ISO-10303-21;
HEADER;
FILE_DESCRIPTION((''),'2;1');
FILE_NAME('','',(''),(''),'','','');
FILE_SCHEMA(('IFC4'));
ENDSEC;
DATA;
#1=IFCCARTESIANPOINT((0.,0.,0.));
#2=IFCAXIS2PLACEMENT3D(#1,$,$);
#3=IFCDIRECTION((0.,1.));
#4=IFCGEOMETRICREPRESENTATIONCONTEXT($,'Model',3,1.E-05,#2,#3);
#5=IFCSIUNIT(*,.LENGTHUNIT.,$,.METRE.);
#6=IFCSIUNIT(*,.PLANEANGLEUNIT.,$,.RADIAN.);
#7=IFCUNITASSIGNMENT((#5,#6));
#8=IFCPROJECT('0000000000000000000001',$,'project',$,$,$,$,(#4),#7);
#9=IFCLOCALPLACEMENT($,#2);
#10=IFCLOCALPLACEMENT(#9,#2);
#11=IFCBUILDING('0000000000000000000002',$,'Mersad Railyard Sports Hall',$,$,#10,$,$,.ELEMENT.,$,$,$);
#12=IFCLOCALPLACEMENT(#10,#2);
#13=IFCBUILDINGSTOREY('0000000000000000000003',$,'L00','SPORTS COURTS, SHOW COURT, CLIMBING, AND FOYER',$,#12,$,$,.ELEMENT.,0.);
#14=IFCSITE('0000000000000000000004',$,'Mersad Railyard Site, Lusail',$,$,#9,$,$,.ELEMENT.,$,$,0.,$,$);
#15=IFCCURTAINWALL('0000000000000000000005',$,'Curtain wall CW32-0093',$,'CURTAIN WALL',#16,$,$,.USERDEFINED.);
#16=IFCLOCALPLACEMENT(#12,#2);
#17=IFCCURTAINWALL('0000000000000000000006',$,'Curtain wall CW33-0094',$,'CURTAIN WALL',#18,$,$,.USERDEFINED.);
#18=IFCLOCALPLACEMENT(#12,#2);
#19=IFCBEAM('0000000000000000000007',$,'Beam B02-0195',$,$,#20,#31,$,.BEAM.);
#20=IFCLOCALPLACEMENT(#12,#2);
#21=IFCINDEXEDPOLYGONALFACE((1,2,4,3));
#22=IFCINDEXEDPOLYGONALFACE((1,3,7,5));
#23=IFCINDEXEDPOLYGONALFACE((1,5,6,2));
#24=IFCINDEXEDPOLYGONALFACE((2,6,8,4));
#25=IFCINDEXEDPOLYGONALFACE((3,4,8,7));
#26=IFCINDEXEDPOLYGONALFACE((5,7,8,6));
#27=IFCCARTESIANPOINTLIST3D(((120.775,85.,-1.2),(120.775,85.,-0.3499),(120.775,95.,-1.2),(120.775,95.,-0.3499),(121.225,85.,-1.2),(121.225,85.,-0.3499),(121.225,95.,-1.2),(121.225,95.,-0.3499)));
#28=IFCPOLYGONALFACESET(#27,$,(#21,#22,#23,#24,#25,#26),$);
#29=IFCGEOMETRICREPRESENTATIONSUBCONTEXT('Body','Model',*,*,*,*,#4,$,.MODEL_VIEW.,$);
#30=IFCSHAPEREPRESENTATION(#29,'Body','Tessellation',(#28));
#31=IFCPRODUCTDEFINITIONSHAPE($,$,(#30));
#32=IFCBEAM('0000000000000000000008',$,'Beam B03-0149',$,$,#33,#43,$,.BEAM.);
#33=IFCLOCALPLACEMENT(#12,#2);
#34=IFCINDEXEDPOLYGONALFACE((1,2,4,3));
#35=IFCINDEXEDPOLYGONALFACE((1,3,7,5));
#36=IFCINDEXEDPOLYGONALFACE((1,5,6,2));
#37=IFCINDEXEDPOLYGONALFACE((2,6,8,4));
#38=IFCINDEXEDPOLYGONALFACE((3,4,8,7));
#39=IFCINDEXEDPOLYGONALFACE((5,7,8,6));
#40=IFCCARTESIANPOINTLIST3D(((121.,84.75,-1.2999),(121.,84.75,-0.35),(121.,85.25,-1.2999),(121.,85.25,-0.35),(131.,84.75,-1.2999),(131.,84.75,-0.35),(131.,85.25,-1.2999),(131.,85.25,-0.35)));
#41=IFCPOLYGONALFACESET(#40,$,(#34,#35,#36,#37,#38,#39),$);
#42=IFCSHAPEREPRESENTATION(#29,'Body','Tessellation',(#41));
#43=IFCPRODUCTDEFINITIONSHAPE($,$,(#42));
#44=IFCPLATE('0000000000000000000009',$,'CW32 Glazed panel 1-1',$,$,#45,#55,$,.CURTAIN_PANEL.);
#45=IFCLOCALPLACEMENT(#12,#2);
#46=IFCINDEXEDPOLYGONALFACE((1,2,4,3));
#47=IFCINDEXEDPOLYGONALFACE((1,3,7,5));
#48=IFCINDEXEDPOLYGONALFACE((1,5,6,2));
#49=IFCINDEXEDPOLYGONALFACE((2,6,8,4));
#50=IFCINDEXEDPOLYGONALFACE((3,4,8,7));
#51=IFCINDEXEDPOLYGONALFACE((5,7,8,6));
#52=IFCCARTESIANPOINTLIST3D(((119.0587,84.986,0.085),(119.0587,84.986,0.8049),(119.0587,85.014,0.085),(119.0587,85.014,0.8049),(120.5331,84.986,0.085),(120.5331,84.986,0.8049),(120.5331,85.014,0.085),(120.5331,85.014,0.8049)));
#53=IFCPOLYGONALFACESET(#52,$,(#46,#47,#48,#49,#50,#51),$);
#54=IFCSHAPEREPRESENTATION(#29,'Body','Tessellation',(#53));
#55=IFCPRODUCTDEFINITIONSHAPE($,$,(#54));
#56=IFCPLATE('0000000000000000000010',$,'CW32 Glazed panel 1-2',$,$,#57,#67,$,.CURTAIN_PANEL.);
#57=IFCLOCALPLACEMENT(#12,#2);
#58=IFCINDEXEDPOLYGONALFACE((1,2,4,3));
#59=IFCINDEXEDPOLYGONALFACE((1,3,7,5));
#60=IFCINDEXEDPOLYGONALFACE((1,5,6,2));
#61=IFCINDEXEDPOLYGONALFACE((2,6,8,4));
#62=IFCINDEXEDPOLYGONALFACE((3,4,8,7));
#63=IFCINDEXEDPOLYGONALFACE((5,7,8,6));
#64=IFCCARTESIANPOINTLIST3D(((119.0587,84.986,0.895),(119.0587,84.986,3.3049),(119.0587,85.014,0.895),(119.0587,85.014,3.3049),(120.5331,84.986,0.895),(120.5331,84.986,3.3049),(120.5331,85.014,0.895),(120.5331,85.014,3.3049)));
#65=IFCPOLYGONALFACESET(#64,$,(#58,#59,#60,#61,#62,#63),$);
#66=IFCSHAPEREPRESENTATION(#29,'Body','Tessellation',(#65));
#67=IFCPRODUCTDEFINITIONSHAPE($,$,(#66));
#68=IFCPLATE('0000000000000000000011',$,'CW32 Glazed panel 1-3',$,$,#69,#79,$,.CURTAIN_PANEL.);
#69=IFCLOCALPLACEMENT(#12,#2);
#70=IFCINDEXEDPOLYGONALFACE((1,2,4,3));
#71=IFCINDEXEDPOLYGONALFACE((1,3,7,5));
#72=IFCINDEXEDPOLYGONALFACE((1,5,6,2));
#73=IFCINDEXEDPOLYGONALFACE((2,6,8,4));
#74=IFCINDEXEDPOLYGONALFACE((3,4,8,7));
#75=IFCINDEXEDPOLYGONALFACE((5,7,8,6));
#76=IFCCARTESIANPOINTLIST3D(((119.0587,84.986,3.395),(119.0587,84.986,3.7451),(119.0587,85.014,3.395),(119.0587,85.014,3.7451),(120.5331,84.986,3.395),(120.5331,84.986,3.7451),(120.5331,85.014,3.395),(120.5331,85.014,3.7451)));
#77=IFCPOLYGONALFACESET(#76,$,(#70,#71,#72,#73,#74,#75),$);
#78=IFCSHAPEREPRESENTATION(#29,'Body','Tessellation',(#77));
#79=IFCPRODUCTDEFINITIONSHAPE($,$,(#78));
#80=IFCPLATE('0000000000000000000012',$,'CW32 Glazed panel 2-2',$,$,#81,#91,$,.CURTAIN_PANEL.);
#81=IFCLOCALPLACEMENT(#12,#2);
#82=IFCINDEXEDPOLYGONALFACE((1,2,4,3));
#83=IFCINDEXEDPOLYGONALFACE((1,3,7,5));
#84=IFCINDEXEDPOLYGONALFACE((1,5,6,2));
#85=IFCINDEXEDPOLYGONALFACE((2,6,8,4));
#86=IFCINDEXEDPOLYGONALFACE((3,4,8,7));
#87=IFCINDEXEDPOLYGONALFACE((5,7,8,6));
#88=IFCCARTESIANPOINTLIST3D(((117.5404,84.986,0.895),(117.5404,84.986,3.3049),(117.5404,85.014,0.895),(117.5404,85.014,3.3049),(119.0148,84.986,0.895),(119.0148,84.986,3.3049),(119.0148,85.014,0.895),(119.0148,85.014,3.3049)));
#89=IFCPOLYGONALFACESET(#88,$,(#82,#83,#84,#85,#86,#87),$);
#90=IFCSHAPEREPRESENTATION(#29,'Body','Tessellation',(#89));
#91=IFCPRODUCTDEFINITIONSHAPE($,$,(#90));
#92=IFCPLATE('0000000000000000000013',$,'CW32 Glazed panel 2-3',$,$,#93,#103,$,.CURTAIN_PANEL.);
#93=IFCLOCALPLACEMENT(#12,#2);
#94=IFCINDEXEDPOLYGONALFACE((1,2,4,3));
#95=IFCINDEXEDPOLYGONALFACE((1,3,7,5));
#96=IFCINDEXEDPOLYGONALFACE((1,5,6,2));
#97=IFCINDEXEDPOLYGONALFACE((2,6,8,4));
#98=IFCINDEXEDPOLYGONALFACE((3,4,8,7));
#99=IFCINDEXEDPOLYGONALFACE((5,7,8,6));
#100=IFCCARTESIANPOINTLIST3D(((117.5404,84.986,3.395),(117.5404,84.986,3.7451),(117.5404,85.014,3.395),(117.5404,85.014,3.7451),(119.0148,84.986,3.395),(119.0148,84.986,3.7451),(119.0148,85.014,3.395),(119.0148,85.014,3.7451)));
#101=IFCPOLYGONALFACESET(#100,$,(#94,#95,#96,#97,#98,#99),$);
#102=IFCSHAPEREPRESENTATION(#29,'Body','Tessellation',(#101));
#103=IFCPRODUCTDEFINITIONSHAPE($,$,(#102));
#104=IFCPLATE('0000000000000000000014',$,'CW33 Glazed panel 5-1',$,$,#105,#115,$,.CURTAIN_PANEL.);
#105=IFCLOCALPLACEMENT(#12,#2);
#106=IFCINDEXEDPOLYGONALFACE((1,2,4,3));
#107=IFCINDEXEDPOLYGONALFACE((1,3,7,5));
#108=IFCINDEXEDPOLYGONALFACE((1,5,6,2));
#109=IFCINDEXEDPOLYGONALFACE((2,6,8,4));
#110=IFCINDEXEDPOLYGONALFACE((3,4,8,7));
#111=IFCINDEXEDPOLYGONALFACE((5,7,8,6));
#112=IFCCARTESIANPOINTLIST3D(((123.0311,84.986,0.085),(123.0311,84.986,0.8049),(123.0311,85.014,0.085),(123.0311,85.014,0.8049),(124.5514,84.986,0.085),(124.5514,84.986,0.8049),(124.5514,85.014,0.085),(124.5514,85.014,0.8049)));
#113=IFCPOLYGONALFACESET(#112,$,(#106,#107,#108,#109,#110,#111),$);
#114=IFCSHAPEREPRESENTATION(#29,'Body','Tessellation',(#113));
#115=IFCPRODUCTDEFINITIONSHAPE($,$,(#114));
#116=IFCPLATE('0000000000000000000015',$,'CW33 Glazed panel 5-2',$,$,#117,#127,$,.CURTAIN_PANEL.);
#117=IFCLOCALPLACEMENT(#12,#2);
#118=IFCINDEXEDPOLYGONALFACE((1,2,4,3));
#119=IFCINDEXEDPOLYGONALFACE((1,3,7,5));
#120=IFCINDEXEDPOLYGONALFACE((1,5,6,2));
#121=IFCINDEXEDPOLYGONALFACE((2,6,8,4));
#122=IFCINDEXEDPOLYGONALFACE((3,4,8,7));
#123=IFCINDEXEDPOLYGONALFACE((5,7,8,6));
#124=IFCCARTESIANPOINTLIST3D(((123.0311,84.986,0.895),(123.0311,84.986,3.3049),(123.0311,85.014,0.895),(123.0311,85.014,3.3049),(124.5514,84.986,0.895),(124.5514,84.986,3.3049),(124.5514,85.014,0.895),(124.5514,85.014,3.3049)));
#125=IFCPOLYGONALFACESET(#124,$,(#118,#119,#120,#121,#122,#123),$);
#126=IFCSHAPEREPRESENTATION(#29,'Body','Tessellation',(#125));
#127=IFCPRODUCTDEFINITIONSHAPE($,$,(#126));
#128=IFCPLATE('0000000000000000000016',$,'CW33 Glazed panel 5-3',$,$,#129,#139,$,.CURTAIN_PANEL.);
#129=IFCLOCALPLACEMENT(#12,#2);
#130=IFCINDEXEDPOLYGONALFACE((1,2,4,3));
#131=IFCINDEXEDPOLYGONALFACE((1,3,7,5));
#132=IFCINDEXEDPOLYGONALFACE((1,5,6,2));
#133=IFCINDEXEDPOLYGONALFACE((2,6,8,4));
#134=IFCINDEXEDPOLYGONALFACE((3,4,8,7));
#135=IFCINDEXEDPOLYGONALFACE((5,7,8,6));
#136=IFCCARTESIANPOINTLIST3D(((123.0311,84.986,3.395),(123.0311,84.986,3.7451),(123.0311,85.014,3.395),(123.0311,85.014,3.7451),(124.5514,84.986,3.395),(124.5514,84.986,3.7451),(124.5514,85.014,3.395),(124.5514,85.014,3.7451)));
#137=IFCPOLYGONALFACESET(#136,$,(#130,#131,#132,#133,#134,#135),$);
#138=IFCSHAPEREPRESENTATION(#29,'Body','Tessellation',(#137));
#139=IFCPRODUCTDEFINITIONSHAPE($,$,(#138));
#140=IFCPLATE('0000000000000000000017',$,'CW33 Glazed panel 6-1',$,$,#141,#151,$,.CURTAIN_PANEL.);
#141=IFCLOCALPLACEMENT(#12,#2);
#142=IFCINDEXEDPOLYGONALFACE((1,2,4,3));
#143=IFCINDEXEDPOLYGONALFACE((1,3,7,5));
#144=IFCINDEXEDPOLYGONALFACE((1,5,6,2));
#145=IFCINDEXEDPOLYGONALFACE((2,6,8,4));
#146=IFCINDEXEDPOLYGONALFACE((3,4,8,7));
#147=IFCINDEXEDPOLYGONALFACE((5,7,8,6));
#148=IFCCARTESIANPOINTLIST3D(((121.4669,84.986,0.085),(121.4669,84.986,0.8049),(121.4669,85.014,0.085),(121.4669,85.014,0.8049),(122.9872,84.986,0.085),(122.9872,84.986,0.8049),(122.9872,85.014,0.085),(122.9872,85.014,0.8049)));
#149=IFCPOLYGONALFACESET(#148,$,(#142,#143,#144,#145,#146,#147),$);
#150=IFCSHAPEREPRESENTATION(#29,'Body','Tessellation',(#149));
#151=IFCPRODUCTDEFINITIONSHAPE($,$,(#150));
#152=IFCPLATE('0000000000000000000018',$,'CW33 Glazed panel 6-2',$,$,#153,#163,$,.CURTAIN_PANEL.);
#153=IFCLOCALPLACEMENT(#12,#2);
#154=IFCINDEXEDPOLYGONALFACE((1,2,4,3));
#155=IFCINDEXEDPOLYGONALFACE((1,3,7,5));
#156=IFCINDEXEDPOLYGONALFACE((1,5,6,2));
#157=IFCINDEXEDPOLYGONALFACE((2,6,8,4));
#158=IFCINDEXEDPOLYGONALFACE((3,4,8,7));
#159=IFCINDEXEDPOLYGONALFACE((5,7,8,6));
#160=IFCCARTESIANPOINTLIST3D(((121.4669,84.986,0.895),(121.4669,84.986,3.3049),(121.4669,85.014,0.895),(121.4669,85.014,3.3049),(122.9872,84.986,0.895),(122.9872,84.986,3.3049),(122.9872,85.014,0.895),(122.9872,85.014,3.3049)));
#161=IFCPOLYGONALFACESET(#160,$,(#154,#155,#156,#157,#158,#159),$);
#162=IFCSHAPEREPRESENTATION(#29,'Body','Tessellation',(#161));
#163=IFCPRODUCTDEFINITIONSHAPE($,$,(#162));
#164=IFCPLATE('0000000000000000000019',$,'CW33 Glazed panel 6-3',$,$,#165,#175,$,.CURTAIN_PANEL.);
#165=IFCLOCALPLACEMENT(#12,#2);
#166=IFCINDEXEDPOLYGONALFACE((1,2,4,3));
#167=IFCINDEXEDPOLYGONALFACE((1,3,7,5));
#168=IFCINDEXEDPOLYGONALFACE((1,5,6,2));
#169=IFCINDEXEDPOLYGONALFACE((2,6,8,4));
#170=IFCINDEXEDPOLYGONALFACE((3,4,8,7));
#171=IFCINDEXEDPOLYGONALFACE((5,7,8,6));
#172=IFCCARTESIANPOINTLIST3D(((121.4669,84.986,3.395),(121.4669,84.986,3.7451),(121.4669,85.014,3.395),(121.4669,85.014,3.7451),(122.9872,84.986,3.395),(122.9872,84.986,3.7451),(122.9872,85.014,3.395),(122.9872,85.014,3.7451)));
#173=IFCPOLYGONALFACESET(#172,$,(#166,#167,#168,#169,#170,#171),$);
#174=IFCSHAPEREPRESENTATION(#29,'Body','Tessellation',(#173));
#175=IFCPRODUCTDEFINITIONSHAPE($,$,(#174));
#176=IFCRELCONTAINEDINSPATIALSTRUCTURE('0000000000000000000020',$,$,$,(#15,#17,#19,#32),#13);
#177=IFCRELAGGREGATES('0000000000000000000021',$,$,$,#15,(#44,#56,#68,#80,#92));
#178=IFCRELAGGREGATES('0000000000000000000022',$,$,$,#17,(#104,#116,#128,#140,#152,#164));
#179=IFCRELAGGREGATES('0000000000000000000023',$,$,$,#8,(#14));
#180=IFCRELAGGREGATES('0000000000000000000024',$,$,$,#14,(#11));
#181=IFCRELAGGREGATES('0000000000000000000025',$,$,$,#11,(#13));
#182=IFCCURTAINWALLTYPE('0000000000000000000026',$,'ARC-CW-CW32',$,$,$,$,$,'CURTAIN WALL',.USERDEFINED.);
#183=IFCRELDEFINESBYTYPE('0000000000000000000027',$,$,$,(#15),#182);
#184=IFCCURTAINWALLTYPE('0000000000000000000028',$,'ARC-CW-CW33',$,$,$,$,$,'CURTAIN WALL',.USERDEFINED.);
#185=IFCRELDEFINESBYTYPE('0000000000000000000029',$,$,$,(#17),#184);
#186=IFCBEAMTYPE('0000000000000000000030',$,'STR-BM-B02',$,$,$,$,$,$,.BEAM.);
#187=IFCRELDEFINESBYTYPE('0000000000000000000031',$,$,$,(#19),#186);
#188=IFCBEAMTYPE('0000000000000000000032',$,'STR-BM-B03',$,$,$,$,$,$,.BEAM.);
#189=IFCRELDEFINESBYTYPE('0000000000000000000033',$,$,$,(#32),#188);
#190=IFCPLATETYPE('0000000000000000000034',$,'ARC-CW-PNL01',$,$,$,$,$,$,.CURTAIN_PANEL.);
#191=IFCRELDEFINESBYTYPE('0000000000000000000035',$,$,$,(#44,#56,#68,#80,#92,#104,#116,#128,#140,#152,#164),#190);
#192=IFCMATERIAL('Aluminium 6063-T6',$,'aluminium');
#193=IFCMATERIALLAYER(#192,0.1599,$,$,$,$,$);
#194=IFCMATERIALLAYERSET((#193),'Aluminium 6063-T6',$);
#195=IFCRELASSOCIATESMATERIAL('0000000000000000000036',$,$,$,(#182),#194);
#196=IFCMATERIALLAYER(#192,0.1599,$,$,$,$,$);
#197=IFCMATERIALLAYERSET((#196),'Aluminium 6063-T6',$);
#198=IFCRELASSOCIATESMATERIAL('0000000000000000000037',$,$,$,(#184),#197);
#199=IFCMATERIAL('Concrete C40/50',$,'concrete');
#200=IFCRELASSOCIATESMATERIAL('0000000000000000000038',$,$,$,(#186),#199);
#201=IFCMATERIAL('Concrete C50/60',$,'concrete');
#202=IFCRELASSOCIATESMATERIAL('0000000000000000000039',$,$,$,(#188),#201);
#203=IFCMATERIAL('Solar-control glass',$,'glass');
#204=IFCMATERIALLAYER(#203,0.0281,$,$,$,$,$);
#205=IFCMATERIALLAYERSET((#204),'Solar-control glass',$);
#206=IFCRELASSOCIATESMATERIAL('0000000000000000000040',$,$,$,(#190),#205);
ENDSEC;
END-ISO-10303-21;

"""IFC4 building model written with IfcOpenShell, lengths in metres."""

from ifc_helpers import new_model, si_unit, direction, frame, origin, origin_2d, place, context, subcontext, project, spatial, rectangle, extrude, material, layer, layer_set, material_profile, profile_set, type_object, element, aggregate, save


model = new_model("IFC4")

# Units and contexts
model_context = context("Model", 3, precision=1e-05, world=origin(), true_north=direction((0.0, 1.0)))
body_context = subcontext(model_context, "Body", "Model", "MODEL_VIEW")
ifc_project = project(units=[si_unit("LENGTHUNIT", "METRE"), si_unit("PLANEANGLEUNIT", "RADIAN")], contexts=[model_context])

# Site, building, storey
site_placement = place(None, origin())
site = spatial("IfcSite", under=ifc_project, at=site_placement, Name="Mersad Railyard Site, Lusail", CompositionType="ELEMENT", RefElevation=0.0)
building_placement = place(site_placement, origin())
building = spatial("IfcBuilding", under=site, at=building_placement, Name="Mersad Railyard Sports Hall", CompositionType="ELEMENT")
storey_placement = place(building_placement, origin())
storey = spatial("IfcBuildingStorey", under=building, at=storey_placement, Name="L00", Description="SPORTS COURTS, SHOW COURT, CLIMBING, AND FOYER", CompositionType="ELEMENT", Elevation=0.0)

# Shared definitions
ifc_material_1 = material(Name="Concrete C50/60", Category="concrete")

# Curtain walls
ifc_material_2 = material(Name="Aluminium 6063-T6", Category="aluminium")
ifc_layer_1 = layer(ifc_material_2, 0.1599)
ifc_layer_set_1 = layer_set([ifc_layer_1], Name="Aluminium 6063-T6")
curtain_wall_type_1 = type_object("IfcCurtainWallType", Name="ARC-CW-CW32", ElementType="CURTAIN WALL", PredefinedType="USERDEFINED", material=ifc_layer_set_1)
curtain_wall_1_placement = place(storey_placement, origin())
curtain_wall_1 = element("IfcCurtainWall", 1, at=curtain_wall_1_placement, inside=storey, type_object=curtain_wall_type_1, Name="Curtain wall CW32-0093", ObjectType="CURTAIN WALL", PredefinedType="USERDEFINED")
ifc_layer_2 = layer(ifc_material_2, 0.1599)
ifc_layer_set_2 = layer_set([ifc_layer_2], Name="Aluminium 6063-T6")
curtain_wall_type_2 = type_object("IfcCurtainWallType", Name="ARC-CW-CW33", ElementType="CURTAIN WALL", PredefinedType="USERDEFINED", material=ifc_layer_set_2)
curtain_wall_2_placement = place(storey_placement, origin())
curtain_wall_2 = element("IfcCurtainWall", 2, at=curtain_wall_2_placement, inside=storey, type_object=curtain_wall_type_2, Name="Curtain wall CW33-0094", ObjectType="CURTAIN WALL", PredefinedType="USERDEFINED")

# Beams
ifc_material_3 = material(Name="Concrete C40/50", Category="concrete")
ifc_material_profile_1 = material_profile(ifc_material_3, rectangle(XDim=0.45, YDim=0.8501, at=origin_2d()), Name="RC 450x850")
ifc_profile_set_1 = profile_set([ifc_material_profile_1], Name="Concrete C40/50")
beam_type_1 = type_object("IfcBeamType", Name="STR-BM-B02", PredefinedType="BEAM", material=ifc_profile_set_1)
beam_1_placement = place(storey_placement, frame((121.0, 85.0, -0.7749), z_axis=(0.0, 1.0, 0.0), x_axis=(-1.0, 0.0, 0.0)))
element("IfcBeam", 3, at=beam_1_placement, inside=storey, type_object=beam_type_1, Name="Beam B02-0195", PredefinedType="BEAM", context=body_context, shape_type="SweptSolid", body=[
    extrude(rectangle(XDim=0.45, YDim=0.8501, at=origin_2d()), origin(), (0.0, 0.0, 1.0), 10.0),
])
ifc_material_profile_2 = material_profile(ifc_material_1, rectangle(XDim=0.5, YDim=0.95, at=origin_2d()), Name="RC 500x950")
ifc_profile_set_2 = profile_set([ifc_material_profile_2], Name="Concrete C50/60")
beam_type_2 = type_object("IfcBeamType", Name="STR-BM-B03", PredefinedType="BEAM", material=ifc_profile_set_2)
beam_2_placement = place(storey_placement, frame((121.0, 85.0, -0.825), z_axis=(1.0, 0.0, 0.0), x_axis=(0.0, 1.0, 0.0)))
element("IfcBeam", 4, at=beam_2_placement, inside=storey, type_object=beam_type_2, Name="Beam B03-0149", PredefinedType="BEAM", context=body_context, shape_type="SweptSolid", body=[
    extrude(rectangle(XDim=0.5, YDim=0.95, at=origin_2d()), origin(), (0.0, 0.0, 1.0), 10.0),
])

# Plates
ifc_material_4 = material(Name="Solar-control glass", Category="glass")
ifc_layer_3 = layer(ifc_material_4, 0.0281)
ifc_layer_set_3 = layer_set([ifc_layer_3], Name="Solar-control glass")
plate_type = type_object("IfcPlateType", Name="ARC-CW-PNL01", PredefinedType="CURTAIN_PANEL", material=ifc_layer_set_3)
plate_1_placement = place(storey_placement, frame((119.7959, 85.0, 0.085), z_axis=(0.0, 0.0, 1.0), x_axis=(-1.0, 0.0, 0.0)))
plate_1 = element("IfcPlate", 5, at=plate_1_placement, type_object=plate_type, Name="CW32 Glazed panel 1-1", PredefinedType="CURTAIN_PANEL", context=body_context, shape_type="SweptSolid", body=[
    extrude(rectangle(XDim=1.4744, YDim=0.0281, at=origin_2d()), origin(), (0.0, 0.0, 1.0), 0.72),
])
plate_2_placement = place(storey_placement, frame((119.7959, 85.0, 0.895), z_axis=(0.0, 0.0, 1.0), x_axis=(-1.0, 0.0, 0.0)))
plate_2 = element("IfcPlate", 6, at=plate_2_placement, type_object=plate_type, Name="CW32 Glazed panel 1-2", PredefinedType="CURTAIN_PANEL", context=body_context, shape_type="SweptSolid", body=[
    extrude(rectangle(XDim=1.4744, YDim=0.0281, at=origin_2d()), origin(), (0.0, 0.0, 1.0), 2.4099),
])
plate_3_placement = place(storey_placement, frame((119.7959, 85.0, 3.395), z_axis=(0.0, 0.0, 1.0), x_axis=(-1.0, 0.0, 0.0)))
plate_3 = element("IfcPlate", 7, at=plate_3_placement, type_object=plate_type, Name="CW32 Glazed panel 1-3", PredefinedType="CURTAIN_PANEL", context=body_context, shape_type="SweptSolid", body=[
    extrude(rectangle(XDim=1.4744, YDim=0.0281, at=origin_2d()), origin(), (0.0, 0.0, 1.0), 0.3501),
])
plate_4_placement = place(storey_placement, frame((118.2776, 85.0, 0.895), z_axis=(0.0, 0.0, 1.0), x_axis=(-1.0, 0.0, 0.0)))
plate_4 = element("IfcPlate", 8, at=plate_4_placement, type_object=plate_type, Name="CW32 Glazed panel 2-2", PredefinedType="CURTAIN_PANEL", context=body_context, shape_type="SweptSolid", body=[
    extrude(rectangle(XDim=1.4744, YDim=0.0281, at=origin_2d()), origin(), (0.0, 0.0, 1.0), 2.4099),
])
plate_5_placement = place(storey_placement, frame((118.2776, 85.0, 3.395), z_axis=(0.0, 0.0, 1.0), x_axis=(-1.0, 0.0, 0.0)))
plate_5 = element("IfcPlate", 9, at=plate_5_placement, type_object=plate_type, Name="CW32 Glazed panel 2-3", PredefinedType="CURTAIN_PANEL", context=body_context, shape_type="SweptSolid", body=[
    extrude(rectangle(XDim=1.4744, YDim=0.0281, at=origin_2d()), origin(), (0.0, 0.0, 1.0), 0.3501),
])
aggregate(curtain_wall_1, [plate_1, plate_2, plate_3, plate_4, plate_5])
plate_6_placement = place(storey_placement, frame((123.7913, 85.0, 0.085), z_axis=(0.0, 0.0, 1.0), x_axis=(-1.0, 0.0, 0.0)))
plate_6 = element("IfcPlate", 10, at=plate_6_placement, type_object=plate_type, Name="CW33 Glazed panel 5-1", PredefinedType="CURTAIN_PANEL", context=body_context, shape_type="SweptSolid", body=[
    extrude(rectangle(XDim=1.5203, YDim=0.0281, at=origin_2d()), origin(), (0.0, 0.0, 1.0), 0.72),
])
plate_7_placement = place(storey_placement, frame((123.7913, 85.0, 0.895), z_axis=(0.0, 0.0, 1.0), x_axis=(-1.0, 0.0, 0.0)))
plate_7 = element("IfcPlate", 11, at=plate_7_placement, type_object=plate_type, Name="CW33 Glazed panel 5-2", PredefinedType="CURTAIN_PANEL", context=body_context, shape_type="SweptSolid", body=[
    extrude(rectangle(XDim=1.5203, YDim=0.0281, at=origin_2d()), origin(), (0.0, 0.0, 1.0), 2.4099),
])
plate_8_placement = place(storey_placement, frame((123.7913, 85.0, 3.395), z_axis=(0.0, 0.0, 1.0), x_axis=(-1.0, 0.0, 0.0)))
plate_8 = element("IfcPlate", 12, at=plate_8_placement, type_object=plate_type, Name="CW33 Glazed panel 5-3", PredefinedType="CURTAIN_PANEL", context=body_context, shape_type="SweptSolid", body=[
    extrude(rectangle(XDim=1.5203, YDim=0.0281, at=origin_2d()), origin(), (0.0, 0.0, 1.0), 0.3501),
])
plate_9_placement = place(storey_placement, frame((122.2271, 85.0, 0.085), z_axis=(0.0, 0.0, 1.0), x_axis=(-1.0, 0.0, 0.0)))
plate_9 = element("IfcPlate", 13, at=plate_9_placement, type_object=plate_type, Name="CW33 Glazed panel 6-1", PredefinedType="CURTAIN_PANEL", context=body_context, shape_type="SweptSolid", body=[
    extrude(rectangle(XDim=1.5203, YDim=0.0281, at=origin_2d()), origin(), (0.0, 0.0, 1.0), 0.72),
])
plate_10_placement = place(storey_placement, frame((122.2271, 85.0, 0.895), z_axis=(0.0, 0.0, 1.0), x_axis=(-1.0, 0.0, 0.0)))
plate_10 = element("IfcPlate", 14, at=plate_10_placement, type_object=plate_type, Name="CW33 Glazed panel 6-2", PredefinedType="CURTAIN_PANEL", context=body_context, shape_type="SweptSolid", body=[
    extrude(rectangle(XDim=1.5203, YDim=0.0281, at=origin_2d()), origin(), (0.0, 0.0, 1.0), 2.4099),
])
plate_11_placement = place(storey_placement, frame((122.2271, 85.0, 3.395), z_axis=(0.0, 0.0, 1.0), x_axis=(-1.0, 0.0, 0.0)))
plate_11 = element("IfcPlate", 15, at=plate_11_placement, type_object=plate_type, Name="CW33 Glazed panel 6-3", PredefinedType="CURTAIN_PANEL", context=body_context, shape_type="SweptSolid", body=[
    extrude(rectangle(XDim=1.5203, YDim=0.0281, at=origin_2d()), origin(), (0.0, 0.0, 1.0), 0.3501),
])
aggregate(curtain_wall_2, [plate_6, plate_7, plate_8, plate_9, plate_10, plate_11])

save(model, "model.ifc")
